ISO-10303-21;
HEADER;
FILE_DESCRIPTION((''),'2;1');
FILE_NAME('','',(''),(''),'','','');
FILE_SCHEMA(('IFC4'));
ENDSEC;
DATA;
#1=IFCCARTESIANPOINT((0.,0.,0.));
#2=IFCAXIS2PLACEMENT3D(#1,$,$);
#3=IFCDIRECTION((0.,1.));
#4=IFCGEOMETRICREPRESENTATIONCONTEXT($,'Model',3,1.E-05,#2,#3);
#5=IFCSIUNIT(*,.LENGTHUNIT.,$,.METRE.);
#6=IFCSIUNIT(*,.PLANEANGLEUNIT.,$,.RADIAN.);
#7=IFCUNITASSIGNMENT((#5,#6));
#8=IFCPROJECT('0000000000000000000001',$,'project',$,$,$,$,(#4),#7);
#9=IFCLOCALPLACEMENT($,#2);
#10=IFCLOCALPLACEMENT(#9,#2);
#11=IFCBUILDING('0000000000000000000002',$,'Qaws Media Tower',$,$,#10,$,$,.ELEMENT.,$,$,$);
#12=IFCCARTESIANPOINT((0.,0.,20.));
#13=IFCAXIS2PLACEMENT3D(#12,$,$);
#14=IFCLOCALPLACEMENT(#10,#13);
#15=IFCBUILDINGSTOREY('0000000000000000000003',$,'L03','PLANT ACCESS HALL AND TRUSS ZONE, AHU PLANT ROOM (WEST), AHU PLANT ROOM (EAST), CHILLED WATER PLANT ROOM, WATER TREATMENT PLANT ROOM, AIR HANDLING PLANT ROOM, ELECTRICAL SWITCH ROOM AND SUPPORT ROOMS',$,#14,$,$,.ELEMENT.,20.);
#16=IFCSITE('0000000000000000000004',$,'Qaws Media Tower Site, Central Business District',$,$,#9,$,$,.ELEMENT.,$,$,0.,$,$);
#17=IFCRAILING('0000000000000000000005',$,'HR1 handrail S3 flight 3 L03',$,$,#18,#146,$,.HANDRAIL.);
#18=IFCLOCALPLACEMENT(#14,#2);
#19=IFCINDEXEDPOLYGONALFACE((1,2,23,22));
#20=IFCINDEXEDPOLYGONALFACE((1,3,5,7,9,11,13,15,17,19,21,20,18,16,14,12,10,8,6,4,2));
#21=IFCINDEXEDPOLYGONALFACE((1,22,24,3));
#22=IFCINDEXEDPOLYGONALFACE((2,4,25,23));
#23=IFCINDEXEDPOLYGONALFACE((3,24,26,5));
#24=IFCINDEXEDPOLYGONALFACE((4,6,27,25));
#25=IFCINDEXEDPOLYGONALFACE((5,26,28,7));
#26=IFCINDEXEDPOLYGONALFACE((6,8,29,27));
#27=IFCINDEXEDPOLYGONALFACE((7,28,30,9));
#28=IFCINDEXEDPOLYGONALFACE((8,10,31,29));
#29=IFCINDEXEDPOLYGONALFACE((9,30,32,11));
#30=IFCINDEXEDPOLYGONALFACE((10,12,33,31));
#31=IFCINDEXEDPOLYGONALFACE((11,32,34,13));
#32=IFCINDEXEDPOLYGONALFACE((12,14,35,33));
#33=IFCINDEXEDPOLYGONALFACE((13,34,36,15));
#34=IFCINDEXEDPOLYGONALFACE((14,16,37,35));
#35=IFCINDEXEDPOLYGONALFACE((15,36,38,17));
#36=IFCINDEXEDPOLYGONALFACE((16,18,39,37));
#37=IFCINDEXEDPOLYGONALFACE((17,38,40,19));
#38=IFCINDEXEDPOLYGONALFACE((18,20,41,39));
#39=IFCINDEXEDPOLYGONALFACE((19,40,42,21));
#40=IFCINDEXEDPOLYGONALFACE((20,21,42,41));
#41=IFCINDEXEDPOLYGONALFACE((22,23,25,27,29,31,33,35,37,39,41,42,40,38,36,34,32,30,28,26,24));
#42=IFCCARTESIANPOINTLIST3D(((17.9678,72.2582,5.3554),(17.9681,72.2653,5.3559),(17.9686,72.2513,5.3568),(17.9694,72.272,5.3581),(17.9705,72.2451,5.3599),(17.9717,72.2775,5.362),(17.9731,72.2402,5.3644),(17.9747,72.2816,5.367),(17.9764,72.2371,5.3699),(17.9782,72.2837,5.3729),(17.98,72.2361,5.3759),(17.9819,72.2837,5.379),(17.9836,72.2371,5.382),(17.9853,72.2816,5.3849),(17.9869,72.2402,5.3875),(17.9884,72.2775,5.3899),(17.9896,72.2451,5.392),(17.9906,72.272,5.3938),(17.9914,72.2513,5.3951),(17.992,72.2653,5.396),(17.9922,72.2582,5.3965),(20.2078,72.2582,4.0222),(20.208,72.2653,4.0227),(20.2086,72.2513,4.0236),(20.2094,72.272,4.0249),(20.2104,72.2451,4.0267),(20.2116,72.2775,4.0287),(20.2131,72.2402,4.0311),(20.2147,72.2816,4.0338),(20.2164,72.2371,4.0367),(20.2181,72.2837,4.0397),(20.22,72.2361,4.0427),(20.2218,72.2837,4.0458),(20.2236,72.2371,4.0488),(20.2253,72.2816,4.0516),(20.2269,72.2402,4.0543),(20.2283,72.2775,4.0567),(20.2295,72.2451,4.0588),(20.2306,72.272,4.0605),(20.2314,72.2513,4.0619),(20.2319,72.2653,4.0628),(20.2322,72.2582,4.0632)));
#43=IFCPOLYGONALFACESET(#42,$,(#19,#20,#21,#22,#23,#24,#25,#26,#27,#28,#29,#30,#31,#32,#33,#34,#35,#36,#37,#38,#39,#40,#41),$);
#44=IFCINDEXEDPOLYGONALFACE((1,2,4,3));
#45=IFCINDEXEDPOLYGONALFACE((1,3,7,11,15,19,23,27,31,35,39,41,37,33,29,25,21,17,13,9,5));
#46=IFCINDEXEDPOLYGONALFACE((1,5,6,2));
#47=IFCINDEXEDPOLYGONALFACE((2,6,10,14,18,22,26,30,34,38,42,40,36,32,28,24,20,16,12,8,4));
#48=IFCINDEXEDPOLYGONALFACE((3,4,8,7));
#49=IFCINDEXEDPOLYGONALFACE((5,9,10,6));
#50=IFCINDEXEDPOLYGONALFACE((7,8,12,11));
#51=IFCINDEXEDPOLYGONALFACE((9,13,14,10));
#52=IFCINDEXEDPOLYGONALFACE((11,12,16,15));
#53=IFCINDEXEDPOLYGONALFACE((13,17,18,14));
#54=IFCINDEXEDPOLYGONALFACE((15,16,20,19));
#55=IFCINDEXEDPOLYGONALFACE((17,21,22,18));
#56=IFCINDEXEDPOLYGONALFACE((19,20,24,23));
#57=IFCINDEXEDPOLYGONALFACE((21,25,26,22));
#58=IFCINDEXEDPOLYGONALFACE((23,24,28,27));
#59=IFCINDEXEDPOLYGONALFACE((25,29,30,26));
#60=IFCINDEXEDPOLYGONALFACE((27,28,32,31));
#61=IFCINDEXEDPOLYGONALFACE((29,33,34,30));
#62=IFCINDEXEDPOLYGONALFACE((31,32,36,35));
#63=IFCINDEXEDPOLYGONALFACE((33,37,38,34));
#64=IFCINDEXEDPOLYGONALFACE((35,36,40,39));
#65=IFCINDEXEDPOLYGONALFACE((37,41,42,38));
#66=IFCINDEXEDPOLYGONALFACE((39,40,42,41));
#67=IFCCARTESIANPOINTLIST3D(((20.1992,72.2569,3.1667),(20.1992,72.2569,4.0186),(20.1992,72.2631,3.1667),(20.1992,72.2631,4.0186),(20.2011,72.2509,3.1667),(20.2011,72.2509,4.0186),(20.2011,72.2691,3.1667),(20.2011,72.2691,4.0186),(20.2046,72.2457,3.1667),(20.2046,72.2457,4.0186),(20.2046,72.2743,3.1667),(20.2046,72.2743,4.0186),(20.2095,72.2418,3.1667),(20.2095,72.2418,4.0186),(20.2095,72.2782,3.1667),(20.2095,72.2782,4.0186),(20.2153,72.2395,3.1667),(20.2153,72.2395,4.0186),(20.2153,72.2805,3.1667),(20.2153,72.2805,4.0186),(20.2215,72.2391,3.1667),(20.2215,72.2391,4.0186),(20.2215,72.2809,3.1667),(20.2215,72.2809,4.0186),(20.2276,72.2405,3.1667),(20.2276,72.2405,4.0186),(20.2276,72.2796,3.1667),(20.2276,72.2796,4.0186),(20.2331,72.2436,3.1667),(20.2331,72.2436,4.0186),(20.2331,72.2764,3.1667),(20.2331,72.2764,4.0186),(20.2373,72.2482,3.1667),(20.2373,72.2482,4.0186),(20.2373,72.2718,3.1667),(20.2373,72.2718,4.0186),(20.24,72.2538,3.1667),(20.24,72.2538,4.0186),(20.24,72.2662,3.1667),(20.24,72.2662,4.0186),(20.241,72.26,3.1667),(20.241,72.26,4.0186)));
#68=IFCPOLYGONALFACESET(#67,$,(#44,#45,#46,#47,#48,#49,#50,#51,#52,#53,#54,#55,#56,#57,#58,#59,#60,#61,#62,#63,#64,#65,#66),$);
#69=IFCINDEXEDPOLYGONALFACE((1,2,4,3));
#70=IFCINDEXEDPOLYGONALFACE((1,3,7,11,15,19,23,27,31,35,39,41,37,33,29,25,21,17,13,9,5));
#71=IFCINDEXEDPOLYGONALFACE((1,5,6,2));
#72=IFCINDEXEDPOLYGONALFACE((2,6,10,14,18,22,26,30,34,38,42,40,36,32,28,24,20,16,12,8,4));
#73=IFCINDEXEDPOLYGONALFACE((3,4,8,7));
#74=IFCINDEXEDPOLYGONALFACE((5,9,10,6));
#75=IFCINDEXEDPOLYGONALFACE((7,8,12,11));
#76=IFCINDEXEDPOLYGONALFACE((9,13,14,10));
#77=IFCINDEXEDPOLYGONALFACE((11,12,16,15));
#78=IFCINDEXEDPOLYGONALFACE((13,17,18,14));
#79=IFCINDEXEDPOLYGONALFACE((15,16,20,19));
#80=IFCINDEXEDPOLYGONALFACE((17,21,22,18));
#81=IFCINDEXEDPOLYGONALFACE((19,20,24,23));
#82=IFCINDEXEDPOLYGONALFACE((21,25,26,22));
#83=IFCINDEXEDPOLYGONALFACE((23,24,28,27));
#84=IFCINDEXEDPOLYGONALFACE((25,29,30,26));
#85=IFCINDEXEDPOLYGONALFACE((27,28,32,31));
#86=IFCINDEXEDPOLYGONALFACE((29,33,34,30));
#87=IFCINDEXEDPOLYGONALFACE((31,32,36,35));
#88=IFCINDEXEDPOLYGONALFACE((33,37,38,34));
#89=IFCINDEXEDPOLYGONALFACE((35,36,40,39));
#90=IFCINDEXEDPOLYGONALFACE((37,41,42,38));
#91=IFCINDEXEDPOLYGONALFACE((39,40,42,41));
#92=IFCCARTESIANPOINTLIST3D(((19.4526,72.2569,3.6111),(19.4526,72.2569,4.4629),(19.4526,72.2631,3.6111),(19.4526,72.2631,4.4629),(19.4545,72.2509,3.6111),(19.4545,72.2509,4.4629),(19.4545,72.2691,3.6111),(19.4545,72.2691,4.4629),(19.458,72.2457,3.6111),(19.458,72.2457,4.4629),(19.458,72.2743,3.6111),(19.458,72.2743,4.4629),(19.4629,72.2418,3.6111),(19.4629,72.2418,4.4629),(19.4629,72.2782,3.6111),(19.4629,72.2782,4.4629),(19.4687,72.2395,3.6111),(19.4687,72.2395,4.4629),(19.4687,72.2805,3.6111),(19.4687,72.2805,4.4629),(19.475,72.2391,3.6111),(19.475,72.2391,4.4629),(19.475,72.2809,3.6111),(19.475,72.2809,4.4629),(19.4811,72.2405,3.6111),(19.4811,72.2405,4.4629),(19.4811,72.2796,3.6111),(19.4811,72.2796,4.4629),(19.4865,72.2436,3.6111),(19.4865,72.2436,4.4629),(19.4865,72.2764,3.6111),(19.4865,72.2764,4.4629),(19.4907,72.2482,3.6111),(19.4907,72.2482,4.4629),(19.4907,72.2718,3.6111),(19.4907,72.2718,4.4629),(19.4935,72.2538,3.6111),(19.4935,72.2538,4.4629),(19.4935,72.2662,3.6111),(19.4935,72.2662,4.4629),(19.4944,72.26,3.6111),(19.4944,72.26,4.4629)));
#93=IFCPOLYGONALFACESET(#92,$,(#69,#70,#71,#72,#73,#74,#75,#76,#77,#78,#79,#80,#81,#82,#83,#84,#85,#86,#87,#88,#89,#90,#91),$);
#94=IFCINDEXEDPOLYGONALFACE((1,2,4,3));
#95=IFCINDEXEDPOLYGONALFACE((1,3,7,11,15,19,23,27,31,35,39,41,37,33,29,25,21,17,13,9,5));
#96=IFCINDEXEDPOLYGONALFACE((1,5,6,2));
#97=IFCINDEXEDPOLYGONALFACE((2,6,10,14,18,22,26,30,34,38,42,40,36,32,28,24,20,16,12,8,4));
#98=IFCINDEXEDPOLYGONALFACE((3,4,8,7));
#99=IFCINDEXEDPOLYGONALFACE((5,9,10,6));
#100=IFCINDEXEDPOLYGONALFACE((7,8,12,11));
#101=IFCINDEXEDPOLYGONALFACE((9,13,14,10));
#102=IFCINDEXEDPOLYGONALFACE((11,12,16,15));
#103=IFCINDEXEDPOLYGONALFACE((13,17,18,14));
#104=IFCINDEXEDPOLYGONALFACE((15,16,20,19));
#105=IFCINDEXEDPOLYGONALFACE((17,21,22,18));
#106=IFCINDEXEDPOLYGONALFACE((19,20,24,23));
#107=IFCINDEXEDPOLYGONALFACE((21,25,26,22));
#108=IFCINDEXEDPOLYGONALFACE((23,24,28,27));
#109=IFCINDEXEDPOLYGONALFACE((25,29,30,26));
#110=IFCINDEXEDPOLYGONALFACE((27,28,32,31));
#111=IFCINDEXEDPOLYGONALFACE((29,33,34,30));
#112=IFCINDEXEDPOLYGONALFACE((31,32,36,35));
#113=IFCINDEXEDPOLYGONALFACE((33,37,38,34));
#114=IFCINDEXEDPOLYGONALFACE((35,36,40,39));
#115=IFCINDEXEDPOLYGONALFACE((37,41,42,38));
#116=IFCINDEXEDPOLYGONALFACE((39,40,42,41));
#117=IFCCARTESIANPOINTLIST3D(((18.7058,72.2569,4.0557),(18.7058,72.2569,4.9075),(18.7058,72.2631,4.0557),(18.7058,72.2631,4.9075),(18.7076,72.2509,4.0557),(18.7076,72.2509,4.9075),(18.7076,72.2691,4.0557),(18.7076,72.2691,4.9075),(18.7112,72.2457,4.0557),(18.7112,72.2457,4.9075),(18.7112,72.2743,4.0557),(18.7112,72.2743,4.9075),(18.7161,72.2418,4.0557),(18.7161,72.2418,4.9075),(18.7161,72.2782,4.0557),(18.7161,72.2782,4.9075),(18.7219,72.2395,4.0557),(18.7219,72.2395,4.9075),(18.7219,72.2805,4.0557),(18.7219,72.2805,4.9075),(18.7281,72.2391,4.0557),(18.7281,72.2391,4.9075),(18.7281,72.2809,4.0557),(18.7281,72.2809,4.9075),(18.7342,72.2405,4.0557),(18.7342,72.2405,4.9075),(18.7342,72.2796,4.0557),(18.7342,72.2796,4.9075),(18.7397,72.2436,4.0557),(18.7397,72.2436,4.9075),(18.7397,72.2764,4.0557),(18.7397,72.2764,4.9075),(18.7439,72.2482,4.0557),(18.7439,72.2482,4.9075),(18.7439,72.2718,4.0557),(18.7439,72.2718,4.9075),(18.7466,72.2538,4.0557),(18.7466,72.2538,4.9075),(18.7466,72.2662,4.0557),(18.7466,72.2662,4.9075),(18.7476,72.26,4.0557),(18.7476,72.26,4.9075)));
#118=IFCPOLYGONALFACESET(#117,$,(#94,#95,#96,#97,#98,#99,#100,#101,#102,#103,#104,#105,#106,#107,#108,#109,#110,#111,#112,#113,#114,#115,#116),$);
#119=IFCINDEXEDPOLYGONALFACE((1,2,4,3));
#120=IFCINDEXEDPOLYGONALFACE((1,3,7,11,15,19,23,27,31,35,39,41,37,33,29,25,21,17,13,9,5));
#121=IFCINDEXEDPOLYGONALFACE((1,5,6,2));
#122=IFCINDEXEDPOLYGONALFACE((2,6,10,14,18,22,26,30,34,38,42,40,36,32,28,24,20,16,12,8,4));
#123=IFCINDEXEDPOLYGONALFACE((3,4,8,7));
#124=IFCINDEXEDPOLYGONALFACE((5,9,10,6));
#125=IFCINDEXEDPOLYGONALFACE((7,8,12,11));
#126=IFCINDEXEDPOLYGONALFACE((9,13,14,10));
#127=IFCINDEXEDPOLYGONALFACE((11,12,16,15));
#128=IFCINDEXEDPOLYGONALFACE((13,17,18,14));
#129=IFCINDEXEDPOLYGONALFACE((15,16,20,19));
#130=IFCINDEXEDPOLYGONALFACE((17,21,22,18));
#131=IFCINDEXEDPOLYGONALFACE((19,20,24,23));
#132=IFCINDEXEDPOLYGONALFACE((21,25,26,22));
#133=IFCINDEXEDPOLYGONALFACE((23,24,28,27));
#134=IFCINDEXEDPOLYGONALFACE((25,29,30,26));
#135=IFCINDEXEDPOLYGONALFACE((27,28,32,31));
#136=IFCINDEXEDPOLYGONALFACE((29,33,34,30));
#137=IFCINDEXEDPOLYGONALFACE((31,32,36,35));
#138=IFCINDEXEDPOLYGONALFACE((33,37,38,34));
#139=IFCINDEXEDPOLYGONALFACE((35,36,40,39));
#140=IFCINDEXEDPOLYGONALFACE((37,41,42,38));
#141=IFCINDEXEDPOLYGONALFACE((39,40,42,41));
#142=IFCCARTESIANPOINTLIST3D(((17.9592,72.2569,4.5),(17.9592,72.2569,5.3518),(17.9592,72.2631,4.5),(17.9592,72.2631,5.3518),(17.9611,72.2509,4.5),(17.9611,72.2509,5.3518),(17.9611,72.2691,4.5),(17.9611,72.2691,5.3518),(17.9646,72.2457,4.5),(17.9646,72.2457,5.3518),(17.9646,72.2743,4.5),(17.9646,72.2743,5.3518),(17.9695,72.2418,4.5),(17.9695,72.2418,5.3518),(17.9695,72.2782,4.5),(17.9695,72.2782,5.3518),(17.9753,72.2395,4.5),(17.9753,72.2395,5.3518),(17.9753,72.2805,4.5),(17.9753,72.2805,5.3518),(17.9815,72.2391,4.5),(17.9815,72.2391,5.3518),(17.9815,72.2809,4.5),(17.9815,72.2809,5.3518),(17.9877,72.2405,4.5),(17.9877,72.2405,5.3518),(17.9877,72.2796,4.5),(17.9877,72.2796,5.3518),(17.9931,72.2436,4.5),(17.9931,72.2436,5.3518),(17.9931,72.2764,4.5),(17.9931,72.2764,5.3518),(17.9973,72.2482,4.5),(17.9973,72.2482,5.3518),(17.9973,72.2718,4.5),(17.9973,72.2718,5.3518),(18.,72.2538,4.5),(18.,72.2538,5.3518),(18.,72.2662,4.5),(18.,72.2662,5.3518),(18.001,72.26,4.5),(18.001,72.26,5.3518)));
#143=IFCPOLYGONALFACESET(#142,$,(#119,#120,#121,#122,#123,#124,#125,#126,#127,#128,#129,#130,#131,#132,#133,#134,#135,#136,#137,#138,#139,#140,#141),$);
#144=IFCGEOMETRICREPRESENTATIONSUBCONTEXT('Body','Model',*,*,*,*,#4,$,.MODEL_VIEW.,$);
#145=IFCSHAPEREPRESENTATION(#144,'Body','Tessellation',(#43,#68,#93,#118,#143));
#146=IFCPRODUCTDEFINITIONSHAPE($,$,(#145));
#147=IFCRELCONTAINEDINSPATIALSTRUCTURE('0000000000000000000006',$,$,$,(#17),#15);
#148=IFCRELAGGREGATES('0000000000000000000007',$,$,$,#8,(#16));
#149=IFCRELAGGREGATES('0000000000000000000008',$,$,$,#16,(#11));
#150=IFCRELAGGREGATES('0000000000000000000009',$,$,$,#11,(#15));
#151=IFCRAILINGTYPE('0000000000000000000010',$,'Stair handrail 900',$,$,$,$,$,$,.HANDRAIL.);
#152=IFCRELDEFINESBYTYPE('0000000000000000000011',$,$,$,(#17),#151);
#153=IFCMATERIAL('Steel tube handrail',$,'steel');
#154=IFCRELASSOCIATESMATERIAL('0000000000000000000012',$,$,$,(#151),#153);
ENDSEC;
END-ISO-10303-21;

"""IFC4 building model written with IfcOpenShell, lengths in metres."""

from ifc_helpers import new_model, si_unit, direction, frame, origin, origin_2d, place, context, subcontext, project, spatial, circle, extrude, material, type_object, element, save


model = new_model("IFC4")

# Units and contexts
model_context = context("Model", 3, precision=1e-05, world=origin(), true_north=direction((0.0, 1.0)))
body_context = subcontext(model_context, "Body", "Model", "MODEL_VIEW")
ifc_project = project(units=[si_unit("LENGTHUNIT", "METRE"), si_unit("PLANEANGLEUNIT", "RADIAN")], contexts=[model_context])

# Site, building, storey
site_placement = place(None, origin())
site = spatial("IfcSite", under=ifc_project, at=site_placement, Name="Qaws Media Tower Site, Central Business District", CompositionType="ELEMENT", RefElevation=0.0)
building_placement = place(site_placement, origin())
building = spatial("IfcBuilding", under=site, at=building_placement, Name="Qaws Media Tower", CompositionType="ELEMENT")
storey_placement = place(building_placement, frame((0.0, 0.0, 20.0)))
storey = spatial("IfcBuildingStorey", under=building, at=storey_placement, Name="L03", Description="PLANT ACCESS HALL AND TRUSS ZONE, AHU PLANT ROOM (WEST), AHU PLANT ROOM (EAST), CHILLED WATER PLANT ROOM, WATER TREATMENT PLANT ROOM, AIR HANDLING PLANT ROOM, ELECTRICAL SWITCH ROOM AND SUPPORT ROOMS", CompositionType="ELEMENT", Elevation=20.0)

# Railing
ifc_material_1 = material(Name="Steel tube handrail", Category="steel")
railing_type = type_object("IfcRailingType", Name="Stair handrail 900", PredefinedType="HANDRAIL", material=ifc_material_1)
for number, where, name in (
    (1, (20.22, 72.26, 3.1667), "HR1 handrail S3 flight 3 L03"),
):
    element("IfcRailing", number, at=place(storey_placement, frame(where)), inside=storey, type_object=railing_type, Name=name, PredefinedType="HANDRAIL", context=body_context, shape_type="SweptSolid", body=[
        extrude(circle(Radius=0.0239, at=origin_2d()), frame((0.0, 0.0, 0.876), z_axis=(-0.859306, 0.0, 0.511462), x_axis=(0.0, -1.0, 0.0)), (0.0, 0.0, 1.0), 2.6067),
        extrude(circle(Radius=0.021, at=origin_2d()), origin(), (0.0, 0.0, 1.0), 0.8518),
        extrude(circle(Radius=0.021, at=origin_2d()), frame((-0.7466, 0.0, 0.4443)), (0.0, 0.0, 1.0), 0.8518),
        extrude(circle(Radius=0.021, at=origin_2d()), frame((-1.4934, 0.0, 0.8889)), (0.0, 0.0, 1.0), 0.8518),
        extrude(circle(Radius=0.021, at=origin_2d()), frame((-2.24, 0.0, 1.3333)), (0.0, 0.0, 1.0), 0.8518),
    ])

save(model, "model.ifc")
